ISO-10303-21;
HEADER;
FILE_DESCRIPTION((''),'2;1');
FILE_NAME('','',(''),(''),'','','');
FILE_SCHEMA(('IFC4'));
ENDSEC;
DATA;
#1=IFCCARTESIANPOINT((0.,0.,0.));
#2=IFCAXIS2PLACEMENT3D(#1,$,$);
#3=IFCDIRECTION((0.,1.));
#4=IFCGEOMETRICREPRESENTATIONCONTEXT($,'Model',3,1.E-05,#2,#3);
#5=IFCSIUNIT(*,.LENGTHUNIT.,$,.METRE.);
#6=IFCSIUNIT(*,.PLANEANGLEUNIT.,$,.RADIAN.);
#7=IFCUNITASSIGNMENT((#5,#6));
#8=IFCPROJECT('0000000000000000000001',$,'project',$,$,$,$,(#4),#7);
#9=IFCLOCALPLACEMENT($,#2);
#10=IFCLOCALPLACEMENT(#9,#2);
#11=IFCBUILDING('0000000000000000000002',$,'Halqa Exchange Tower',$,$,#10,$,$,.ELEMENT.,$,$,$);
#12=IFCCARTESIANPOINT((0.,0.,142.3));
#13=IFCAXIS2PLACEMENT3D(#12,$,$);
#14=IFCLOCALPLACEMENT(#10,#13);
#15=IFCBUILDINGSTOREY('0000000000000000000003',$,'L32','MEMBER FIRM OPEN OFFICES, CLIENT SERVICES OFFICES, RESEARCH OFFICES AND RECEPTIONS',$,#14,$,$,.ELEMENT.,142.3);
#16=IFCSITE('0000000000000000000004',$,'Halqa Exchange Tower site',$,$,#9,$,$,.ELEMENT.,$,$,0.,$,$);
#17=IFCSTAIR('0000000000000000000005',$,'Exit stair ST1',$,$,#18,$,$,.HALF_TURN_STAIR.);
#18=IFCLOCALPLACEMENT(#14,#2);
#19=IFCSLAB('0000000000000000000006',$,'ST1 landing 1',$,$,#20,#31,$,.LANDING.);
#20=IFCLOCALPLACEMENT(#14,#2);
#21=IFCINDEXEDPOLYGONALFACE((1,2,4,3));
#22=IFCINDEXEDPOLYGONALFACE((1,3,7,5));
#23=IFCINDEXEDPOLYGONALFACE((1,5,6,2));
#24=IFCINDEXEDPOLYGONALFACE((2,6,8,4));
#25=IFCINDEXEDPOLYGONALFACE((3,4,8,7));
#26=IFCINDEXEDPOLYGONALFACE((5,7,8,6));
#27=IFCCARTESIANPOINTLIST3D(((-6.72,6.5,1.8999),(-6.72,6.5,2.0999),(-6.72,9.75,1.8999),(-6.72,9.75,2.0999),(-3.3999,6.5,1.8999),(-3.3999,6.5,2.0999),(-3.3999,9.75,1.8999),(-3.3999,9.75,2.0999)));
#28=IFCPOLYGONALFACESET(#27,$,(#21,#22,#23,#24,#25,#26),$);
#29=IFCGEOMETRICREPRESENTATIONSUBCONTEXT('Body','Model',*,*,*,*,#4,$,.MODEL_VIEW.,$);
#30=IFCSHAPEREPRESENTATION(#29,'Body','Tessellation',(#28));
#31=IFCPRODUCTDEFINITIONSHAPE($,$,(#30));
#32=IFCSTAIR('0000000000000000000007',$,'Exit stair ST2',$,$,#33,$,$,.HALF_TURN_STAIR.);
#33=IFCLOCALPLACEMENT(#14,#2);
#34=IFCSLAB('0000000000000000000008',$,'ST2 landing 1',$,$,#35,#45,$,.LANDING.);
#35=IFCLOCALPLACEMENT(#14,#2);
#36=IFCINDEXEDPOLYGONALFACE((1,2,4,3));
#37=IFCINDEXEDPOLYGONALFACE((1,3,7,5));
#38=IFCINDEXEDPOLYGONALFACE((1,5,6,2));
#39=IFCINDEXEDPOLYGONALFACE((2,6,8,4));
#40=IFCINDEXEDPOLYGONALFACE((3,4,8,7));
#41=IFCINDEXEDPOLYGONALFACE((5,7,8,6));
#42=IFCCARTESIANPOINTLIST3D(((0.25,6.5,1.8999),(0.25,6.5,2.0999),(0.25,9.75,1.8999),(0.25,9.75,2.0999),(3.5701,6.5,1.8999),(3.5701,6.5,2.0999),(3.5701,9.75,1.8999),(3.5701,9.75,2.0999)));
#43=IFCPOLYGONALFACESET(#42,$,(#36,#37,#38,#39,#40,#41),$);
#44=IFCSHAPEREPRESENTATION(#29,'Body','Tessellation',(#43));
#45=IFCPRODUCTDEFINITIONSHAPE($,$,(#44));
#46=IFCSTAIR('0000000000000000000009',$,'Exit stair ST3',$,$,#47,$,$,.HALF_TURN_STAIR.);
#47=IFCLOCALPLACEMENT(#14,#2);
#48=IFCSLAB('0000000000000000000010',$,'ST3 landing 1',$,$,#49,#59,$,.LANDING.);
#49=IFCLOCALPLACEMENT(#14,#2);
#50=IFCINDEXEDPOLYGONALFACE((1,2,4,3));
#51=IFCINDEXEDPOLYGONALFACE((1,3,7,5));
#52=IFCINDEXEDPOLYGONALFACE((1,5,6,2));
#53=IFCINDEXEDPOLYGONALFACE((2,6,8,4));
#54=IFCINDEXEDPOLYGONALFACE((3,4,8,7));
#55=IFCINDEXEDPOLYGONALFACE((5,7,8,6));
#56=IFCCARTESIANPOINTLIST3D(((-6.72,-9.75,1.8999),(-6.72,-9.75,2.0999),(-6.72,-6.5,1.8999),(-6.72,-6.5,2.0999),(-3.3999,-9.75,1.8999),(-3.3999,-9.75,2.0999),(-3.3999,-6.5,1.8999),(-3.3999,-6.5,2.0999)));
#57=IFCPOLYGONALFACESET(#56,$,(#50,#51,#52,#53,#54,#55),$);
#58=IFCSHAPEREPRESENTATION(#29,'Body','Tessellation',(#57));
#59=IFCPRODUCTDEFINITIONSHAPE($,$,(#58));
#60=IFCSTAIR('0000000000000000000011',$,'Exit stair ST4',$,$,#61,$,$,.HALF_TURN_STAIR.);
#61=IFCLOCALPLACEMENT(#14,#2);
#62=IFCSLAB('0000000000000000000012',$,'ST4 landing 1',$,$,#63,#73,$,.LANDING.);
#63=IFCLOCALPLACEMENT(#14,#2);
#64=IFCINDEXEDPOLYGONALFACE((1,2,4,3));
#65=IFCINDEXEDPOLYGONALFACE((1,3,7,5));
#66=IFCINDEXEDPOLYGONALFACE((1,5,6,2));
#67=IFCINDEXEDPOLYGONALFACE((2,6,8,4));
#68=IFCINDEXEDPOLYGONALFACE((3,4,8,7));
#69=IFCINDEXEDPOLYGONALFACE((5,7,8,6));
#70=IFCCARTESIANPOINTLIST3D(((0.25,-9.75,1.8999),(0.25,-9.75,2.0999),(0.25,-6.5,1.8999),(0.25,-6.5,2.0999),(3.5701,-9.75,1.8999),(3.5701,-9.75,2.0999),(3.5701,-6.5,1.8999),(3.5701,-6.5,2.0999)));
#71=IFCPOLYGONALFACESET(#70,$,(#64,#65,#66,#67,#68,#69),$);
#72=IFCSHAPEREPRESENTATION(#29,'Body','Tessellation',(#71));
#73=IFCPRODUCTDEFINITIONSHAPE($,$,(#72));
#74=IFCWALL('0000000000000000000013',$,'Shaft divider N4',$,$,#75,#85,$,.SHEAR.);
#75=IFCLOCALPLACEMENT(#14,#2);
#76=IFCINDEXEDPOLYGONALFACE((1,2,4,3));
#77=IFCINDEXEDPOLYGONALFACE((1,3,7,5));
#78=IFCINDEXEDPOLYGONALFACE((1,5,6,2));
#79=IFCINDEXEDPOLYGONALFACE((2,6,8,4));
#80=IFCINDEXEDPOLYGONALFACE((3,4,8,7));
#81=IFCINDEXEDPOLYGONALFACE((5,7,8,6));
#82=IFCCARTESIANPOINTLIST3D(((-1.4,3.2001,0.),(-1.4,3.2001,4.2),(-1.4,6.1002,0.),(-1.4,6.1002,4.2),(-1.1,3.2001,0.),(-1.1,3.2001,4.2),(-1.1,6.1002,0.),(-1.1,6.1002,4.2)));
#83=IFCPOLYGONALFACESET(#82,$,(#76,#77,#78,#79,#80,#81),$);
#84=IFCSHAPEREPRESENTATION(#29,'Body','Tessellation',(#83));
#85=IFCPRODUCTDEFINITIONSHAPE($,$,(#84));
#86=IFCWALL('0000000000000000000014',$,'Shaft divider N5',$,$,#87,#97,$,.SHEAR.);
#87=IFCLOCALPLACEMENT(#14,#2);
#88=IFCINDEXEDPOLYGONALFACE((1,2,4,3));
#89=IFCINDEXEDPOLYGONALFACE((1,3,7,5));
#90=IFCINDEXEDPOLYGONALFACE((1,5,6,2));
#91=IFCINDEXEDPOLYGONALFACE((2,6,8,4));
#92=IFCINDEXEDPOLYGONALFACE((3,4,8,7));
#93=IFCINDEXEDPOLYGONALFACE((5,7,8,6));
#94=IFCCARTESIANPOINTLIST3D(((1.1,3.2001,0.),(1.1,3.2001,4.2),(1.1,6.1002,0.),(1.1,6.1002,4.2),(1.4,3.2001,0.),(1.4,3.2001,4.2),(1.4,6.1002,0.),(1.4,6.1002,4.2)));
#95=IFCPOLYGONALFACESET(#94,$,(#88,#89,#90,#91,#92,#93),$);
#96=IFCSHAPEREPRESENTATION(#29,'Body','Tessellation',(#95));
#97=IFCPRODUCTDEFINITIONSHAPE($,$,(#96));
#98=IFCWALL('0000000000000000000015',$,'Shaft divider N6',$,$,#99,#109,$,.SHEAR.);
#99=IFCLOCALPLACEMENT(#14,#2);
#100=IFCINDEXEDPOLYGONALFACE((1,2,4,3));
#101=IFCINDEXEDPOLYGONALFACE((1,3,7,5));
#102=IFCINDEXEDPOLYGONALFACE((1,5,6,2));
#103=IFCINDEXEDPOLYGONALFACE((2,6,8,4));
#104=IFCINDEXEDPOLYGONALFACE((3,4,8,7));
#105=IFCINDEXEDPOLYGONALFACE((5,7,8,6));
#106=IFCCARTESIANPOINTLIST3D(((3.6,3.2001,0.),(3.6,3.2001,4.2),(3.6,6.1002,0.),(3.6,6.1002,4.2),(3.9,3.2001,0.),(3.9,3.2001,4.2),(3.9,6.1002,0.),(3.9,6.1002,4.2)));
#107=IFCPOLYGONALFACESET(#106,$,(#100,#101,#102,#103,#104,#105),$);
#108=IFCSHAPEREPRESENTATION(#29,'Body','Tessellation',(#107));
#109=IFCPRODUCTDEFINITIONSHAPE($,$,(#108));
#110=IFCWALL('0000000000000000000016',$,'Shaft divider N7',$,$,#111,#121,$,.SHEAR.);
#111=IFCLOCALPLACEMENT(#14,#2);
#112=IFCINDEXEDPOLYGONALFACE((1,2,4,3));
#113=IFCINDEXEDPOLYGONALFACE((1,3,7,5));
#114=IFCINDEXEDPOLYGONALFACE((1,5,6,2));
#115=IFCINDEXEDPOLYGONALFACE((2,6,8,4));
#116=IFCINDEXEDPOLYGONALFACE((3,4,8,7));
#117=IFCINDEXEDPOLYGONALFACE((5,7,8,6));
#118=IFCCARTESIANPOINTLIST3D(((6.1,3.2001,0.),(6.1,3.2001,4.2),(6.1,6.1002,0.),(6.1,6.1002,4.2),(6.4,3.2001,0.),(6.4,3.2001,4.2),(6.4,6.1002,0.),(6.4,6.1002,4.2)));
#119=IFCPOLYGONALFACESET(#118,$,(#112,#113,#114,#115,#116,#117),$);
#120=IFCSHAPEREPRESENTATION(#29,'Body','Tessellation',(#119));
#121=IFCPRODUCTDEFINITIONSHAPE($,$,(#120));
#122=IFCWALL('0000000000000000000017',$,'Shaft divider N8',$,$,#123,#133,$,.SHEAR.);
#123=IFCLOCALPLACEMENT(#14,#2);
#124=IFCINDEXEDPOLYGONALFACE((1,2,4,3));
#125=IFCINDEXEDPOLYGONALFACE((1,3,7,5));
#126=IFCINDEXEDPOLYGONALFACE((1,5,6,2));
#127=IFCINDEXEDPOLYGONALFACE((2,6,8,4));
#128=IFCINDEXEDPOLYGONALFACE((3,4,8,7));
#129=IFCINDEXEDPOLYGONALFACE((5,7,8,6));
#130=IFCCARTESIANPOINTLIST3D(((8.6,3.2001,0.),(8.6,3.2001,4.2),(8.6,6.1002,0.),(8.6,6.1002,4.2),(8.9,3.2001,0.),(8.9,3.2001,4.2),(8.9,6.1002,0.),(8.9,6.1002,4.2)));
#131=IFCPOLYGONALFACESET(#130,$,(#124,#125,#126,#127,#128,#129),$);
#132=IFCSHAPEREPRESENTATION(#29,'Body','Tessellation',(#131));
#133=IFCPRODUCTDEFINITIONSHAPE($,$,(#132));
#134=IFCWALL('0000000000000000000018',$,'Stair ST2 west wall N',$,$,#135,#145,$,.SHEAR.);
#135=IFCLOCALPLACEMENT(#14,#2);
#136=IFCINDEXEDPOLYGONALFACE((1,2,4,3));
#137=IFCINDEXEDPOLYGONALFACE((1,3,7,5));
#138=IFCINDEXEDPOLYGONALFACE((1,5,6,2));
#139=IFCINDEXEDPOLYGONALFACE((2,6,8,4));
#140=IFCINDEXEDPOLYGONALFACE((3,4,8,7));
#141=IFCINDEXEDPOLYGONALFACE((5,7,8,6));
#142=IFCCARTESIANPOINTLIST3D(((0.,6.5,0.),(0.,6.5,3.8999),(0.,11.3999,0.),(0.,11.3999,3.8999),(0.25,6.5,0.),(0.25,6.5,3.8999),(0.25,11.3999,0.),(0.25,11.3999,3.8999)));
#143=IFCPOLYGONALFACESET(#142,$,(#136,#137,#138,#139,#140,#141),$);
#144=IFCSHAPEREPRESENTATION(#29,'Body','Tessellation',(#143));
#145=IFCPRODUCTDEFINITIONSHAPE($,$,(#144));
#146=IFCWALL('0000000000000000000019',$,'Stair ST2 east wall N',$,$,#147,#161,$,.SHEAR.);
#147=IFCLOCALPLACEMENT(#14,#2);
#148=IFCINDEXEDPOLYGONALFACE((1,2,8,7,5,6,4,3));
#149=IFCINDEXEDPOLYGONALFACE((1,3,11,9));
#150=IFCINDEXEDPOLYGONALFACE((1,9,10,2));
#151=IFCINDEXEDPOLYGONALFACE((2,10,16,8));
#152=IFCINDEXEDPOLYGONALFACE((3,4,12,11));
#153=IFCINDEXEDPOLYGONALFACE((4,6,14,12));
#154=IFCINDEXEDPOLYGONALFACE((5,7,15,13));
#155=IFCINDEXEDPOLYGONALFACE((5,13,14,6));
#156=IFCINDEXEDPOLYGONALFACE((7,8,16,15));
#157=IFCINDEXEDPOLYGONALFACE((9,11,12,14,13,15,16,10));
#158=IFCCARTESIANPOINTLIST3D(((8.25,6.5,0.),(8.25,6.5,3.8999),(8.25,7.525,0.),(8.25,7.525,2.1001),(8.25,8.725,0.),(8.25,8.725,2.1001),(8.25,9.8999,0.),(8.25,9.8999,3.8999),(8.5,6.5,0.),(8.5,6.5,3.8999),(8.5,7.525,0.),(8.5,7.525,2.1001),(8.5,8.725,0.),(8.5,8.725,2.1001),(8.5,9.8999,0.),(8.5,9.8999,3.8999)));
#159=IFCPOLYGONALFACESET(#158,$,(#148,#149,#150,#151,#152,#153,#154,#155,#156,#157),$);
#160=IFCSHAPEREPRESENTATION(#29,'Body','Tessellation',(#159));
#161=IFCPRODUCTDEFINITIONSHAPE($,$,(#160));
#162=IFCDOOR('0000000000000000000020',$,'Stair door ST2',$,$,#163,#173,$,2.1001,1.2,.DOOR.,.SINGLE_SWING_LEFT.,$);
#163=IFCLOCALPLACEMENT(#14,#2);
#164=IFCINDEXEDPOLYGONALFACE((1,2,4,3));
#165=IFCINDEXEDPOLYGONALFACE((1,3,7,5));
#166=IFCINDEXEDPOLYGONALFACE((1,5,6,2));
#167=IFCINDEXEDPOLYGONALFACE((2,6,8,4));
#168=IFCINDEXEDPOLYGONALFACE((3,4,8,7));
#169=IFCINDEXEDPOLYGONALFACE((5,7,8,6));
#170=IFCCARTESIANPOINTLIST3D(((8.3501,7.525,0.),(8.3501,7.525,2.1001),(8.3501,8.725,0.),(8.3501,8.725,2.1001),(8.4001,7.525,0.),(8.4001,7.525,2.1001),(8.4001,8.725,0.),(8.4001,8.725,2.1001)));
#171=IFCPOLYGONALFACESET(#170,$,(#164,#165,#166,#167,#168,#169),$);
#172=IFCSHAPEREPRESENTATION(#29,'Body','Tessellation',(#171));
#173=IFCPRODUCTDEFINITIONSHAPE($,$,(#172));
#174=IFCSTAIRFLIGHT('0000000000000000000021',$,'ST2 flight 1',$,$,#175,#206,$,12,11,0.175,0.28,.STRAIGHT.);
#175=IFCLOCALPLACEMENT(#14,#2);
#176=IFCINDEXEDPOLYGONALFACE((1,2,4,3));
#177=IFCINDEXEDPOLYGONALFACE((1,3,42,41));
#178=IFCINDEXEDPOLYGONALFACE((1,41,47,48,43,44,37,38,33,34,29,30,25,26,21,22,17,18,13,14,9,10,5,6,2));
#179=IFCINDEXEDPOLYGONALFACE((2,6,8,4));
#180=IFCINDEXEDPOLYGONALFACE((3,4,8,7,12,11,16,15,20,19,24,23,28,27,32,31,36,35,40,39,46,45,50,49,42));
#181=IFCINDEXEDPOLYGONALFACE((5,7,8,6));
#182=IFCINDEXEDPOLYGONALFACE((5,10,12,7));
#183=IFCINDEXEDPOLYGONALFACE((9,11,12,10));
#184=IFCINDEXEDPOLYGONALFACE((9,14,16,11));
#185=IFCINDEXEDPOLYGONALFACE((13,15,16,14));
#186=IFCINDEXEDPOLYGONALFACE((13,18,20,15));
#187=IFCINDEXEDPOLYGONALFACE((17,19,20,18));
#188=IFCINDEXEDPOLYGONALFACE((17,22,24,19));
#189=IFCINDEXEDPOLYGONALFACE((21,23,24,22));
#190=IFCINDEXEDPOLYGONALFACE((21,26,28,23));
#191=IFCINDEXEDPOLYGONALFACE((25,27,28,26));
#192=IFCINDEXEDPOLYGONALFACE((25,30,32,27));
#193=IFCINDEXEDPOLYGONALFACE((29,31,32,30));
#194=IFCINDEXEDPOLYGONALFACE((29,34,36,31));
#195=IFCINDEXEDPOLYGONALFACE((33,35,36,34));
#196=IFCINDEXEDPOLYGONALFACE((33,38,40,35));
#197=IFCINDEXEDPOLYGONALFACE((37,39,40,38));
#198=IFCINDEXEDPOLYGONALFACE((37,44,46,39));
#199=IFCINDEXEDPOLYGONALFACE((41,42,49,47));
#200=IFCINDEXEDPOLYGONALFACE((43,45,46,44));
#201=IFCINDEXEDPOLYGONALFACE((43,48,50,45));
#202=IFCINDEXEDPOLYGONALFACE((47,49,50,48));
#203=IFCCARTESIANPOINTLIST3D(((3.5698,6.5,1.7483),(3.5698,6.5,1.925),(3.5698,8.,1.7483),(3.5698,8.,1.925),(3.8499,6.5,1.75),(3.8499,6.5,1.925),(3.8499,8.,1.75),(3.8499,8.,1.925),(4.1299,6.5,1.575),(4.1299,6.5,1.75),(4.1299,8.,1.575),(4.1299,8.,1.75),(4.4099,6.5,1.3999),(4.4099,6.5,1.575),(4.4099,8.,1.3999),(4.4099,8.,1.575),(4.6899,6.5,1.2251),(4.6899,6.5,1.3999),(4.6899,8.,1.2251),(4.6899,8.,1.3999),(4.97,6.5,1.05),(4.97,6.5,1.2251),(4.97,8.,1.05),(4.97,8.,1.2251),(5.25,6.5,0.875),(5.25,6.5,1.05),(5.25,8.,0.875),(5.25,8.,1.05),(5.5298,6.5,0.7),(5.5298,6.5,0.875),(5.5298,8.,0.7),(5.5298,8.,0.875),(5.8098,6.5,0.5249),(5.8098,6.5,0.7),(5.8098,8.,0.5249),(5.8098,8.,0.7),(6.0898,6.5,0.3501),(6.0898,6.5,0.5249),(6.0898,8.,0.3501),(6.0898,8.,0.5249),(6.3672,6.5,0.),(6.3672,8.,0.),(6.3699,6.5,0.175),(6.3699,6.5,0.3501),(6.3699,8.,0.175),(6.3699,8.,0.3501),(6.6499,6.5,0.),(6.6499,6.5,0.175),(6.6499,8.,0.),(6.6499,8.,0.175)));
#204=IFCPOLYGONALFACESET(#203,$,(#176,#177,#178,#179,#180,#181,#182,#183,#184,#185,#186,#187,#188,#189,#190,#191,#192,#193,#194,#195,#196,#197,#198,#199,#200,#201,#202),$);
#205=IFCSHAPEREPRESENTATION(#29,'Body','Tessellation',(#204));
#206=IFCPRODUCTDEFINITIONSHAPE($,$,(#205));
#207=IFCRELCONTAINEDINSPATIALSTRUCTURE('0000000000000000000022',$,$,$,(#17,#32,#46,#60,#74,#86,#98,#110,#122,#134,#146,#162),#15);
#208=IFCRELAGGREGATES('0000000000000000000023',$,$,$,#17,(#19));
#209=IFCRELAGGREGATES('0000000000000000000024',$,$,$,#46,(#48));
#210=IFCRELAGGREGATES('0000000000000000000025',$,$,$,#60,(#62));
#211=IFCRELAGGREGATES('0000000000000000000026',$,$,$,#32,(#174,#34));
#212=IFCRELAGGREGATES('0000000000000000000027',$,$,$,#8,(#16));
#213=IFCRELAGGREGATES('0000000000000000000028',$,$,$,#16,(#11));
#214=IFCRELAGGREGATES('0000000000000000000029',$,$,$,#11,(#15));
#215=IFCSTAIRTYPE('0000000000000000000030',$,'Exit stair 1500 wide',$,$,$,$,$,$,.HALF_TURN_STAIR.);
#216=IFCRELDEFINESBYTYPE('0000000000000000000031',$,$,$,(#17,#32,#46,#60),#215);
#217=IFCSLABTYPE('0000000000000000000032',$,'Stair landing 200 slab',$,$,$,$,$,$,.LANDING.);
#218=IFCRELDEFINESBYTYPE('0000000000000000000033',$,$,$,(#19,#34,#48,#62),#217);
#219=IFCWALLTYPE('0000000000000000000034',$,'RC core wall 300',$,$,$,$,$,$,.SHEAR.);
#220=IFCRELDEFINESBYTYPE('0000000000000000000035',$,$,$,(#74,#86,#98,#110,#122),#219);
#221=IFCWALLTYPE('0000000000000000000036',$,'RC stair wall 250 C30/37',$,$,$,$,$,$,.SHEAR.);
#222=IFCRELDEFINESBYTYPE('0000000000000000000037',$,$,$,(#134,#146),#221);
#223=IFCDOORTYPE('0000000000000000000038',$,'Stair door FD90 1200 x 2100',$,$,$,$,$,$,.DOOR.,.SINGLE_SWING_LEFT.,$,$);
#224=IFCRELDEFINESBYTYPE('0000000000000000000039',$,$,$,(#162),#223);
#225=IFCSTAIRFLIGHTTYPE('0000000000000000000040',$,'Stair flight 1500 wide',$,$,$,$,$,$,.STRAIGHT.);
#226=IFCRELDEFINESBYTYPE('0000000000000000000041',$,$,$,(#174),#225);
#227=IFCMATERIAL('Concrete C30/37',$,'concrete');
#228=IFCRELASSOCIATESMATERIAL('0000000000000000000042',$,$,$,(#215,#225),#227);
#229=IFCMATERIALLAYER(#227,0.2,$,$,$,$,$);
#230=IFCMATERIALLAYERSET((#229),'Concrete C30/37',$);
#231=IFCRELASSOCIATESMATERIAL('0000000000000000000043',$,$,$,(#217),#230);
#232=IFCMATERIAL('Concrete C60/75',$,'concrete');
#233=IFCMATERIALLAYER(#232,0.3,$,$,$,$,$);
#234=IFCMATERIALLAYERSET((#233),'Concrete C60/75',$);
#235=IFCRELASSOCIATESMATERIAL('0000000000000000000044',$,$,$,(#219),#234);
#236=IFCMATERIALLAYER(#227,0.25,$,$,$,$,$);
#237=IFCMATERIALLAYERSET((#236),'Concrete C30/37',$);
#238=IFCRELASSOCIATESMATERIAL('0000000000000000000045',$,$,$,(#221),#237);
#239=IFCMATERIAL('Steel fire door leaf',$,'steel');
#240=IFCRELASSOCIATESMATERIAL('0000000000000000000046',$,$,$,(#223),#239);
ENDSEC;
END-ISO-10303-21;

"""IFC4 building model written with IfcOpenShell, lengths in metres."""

from ifc_helpers import new_model, si_unit, direction, frame, frame_2d, origin, place, context, subcontext, project, spatial, polyline, rectangle, outline, extrude, material, layer, layer_set, type_object, element, fill, aggregate, save


model = new_model("IFC4")

# Units and contexts
model_context = context("Model", 3, precision=1e-05, world=origin(), true_north=direction((0.0, 1.0)))
body_context = subcontext(model_context, "Body", "Model", "MODEL_VIEW")
ifc_project = project(units=[si_unit("LENGTHUNIT", "METRE"), si_unit("PLANEANGLEUNIT", "RADIAN")], contexts=[model_context])

# Site, building, storey
site_placement = place(None, origin())
site = spatial("IfcSite", under=ifc_project, at=site_placement, Name="Halqa Exchange Tower site", CompositionType="ELEMENT", RefElevation=0.0)
building_placement = place(site_placement, origin())
building = spatial("IfcBuilding", under=site, at=building_placement, Name="Halqa Exchange Tower", CompositionType="ELEMENT")
storey_placement = place(building_placement, frame((0.0, 0.0, 142.3)))
storey = spatial("IfcBuildingStorey", under=building, at=storey_placement, Name="L32", Description="MEMBER FIRM OPEN OFFICES, CLIENT SERVICES OFFICES, RESEARCH OFFICES AND RECEPTIONS", CompositionType="ELEMENT", Elevation=142.3)

# Stairs, slabs
ifc_material_1 = material(Name="Concrete C30/37", Category="concrete")
stair_type = type_object("IfcStairType", Name="Exit stair 1500 wide", PredefinedType="HALF_TURN_STAIR", material=ifc_material_1)
stair_1_placement = place(storey_placement, origin())
stair_1 = element("IfcStair", 1, at=stair_1_placement, inside=storey, type_object=stair_type, Name="Exit stair ST1", PredefinedType="HALF_TURN_STAIR")
ifc_layer_1 = layer(ifc_material_1, 0.2)
ifc_layer_set_1 = layer_set([ifc_layer_1], Name="Concrete C30/37")
slab_type = type_object("IfcSlabType", Name="Stair landing 200 slab", PredefinedType="LANDING", material=ifc_layer_set_1)
slab_1_placement = place(storey_placement, frame((0.0, 0.0, 1.8999)))
slab_1 = element("IfcSlab", 2, at=slab_1_placement, type_object=slab_type, Name="ST1 landing 1", PredefinedType="LANDING", context=body_context, shape_type="SweptSolid", body=[
    extrude(outline(polyline([(-6.72, 6.5), (-3.3999, 6.5), (-3.3999, 9.75), (-6.72, 9.75), (-6.72, 6.5)])), origin(), (0.0, 0.0, 1.0), 0.2),
])
aggregate(stair_1, [slab_1])
stair_2_placement = place(storey_placement, origin())
stair_2 = element("IfcStair", 3, at=stair_2_placement, inside=storey, type_object=stair_type, Name="Exit stair ST2", PredefinedType="HALF_TURN_STAIR")
slab_2_placement = place(storey_placement, frame((0.0, 0.0, 1.8999)))
slab_2 = element("IfcSlab", 4, at=slab_2_placement, type_object=slab_type, Name="ST2 landing 1", PredefinedType="LANDING", context=body_context, shape_type="SweptSolid", body=[
    extrude(outline(polyline([(0.25, 6.5), (3.5701, 6.5), (3.5701, 9.75), (0.25, 9.75), (0.25, 6.5)])), origin(), (0.0, 0.0, 1.0), 0.2),
])
stair_3_placement = place(storey_placement, origin())
stair_3 = element("IfcStair", 5, at=stair_3_placement, inside=storey, type_object=stair_type, Name="Exit stair ST3", PredefinedType="HALF_TURN_STAIR")
slab_3_placement = place(storey_placement, frame((0.0, 0.0, 1.8999)))
slab_3 = element("IfcSlab", 6, at=slab_3_placement, type_object=slab_type, Name="ST3 landing 1", PredefinedType="LANDING", context=body_context, shape_type="SweptSolid", body=[
    extrude(outline(polyline([(-6.72, -9.75), (-3.3999, -9.75), (-3.3999, -6.5), (-6.72, -6.5), (-6.72, -9.75)])), origin(), (0.0, 0.0, 1.0), 0.2),
])
aggregate(stair_3, [slab_3])
stair_4_placement = place(storey_placement, origin())
stair_4 = element("IfcStair", 7, at=stair_4_placement, inside=storey, type_object=stair_type, Name="Exit stair ST4", PredefinedType="HALF_TURN_STAIR")
slab_4_placement = place(storey_placement, frame((0.0, 0.0, 1.8999)))
slab_4 = element("IfcSlab", 8, at=slab_4_placement, type_object=slab_type, Name="ST4 landing 1", PredefinedType="LANDING", context=body_context, shape_type="SweptSolid", body=[
    extrude(outline(polyline([(0.25, -9.75), (3.5701, -9.75), (3.5701, -6.5), (0.25, -6.5), (0.25, -9.75)])), origin(), (0.0, 0.0, 1.0), 0.2),
])
aggregate(stair_4, [slab_4])

# Walls
ifc_material_2 = material(Name="Concrete C60/75", Category="concrete")
ifc_layer_2 = layer(ifc_material_2, 0.3)
ifc_layer_set_2 = layer_set([ifc_layer_2], Name="Concrete C60/75")
wall_type_1 = type_object("IfcWallType", Name="RC core wall 300", PredefinedType="SHEAR", material=ifc_layer_set_2)
for number, where, z_axis, x_axis, name in (
    (9, (-1.25, 3.2, 0.0), (0.0, 0.0, 1.0), (0.0, 1.0, 0.0), "Shaft divider N4"),
    (10, (1.25, 3.2, 0.0), (0.0, 0.0, 1.0), (0.0, 1.0, 0.0), "Shaft divider N5"),
    (11, (3.75, 3.2, 0.0), (0.0, 0.0, 1.0), (0.0, 1.0, 0.0), "Shaft divider N6"),
    (12, (6.25, 3.2, 0.0), (0.0, 0.0, 1.0), (0.0, 1.0, 0.0), "Shaft divider N7"),
    (13, (8.75, 3.2, 0.0), (0.0, 0.0, 1.0), (0.0, 1.0, 0.0), "Shaft divider N8"),
):
    element("IfcWall", number, at=place(storey_placement, frame(where, z_axis=z_axis, x_axis=x_axis)), inside=storey, type_object=wall_type_1, Name=name, PredefinedType="SHEAR", context=body_context, shape_type="SweptSolid", body=[
        extrude(rectangle(XDim=2.9001, YDim=0.3, at=frame_2d((1.4502, 0.0))), origin(), (0.0, 0.0, 1.0), 4.2),
    ])
ifc_layer_3 = layer(ifc_material_1, 0.25)
ifc_layer_set_3 = layer_set([ifc_layer_3], Name="Concrete C30/37")
wall_type_2 = type_object("IfcWallType", Name="RC stair wall 250 C30/37", PredefinedType="SHEAR", material=ifc_layer_set_3)
wall_1_placement = place(storey_placement, frame((0.125, 6.5, 0.0), z_axis=(0.0, 0.0, 1.0), x_axis=(0.0, 1.0, 0.0)))
element("IfcWall", 14, at=wall_1_placement, inside=storey, type_object=wall_type_2, Name="Stair ST2 west wall N", PredefinedType="SHEAR", context=body_context, shape_type="SweptSolid", body=[
    extrude(rectangle(XDim=4.8999, YDim=0.25, at=frame_2d((2.45, 0.0))), origin(), (0.0, 0.0, 1.0), 3.8999),
])

# Wall, opening, door
wall_2_placement = place(storey_placement, frame((8.375, 6.5, 0.0), z_axis=(0.0, 0.0, 1.0), x_axis=(0.0, 1.0, 0.0)))
wall_2 = element("IfcWall", 15, at=wall_2_placement, inside=storey, type_object=wall_type_2, Name="Stair ST2 east wall N", PredefinedType="SHEAR", context=body_context, shape_type="SweptSolid", body=[
    extrude(rectangle(XDim=3.3999, YDim=0.25, at=frame_2d((1.7, 0.0))), origin(), (0.0, 0.0, 1.0), 3.8999),
])
opening_placement = place(wall_2_placement, frame((1.0249, 0.0, 0.0)))
opening = element("IfcOpeningElement", 16, at=opening_placement, cuts=wall_2, PredefinedType="OPENING", context=body_context, shape_type="SweptSolid", body=[
    extrude(rectangle(XDim=1.2, YDim=2.1001, at=frame_2d((0.6001, 1.05))), frame((0.0, 0.137, 0.0), z_axis=(0.0, -1.0, 0.0), x_axis=(1.0, 0.0, 0.0)), (0.0, 0.0, 1.0), 0.2739),
])
ifc_material_3 = material(Name="Steel fire door leaf", Category="steel")
door_type = type_object("IfcDoorType", Name="Stair door FD90 1200 x 2100", OperationType="SINGLE_SWING_LEFT", PredefinedType="DOOR", material=ifc_material_3)
door_placement = place(opening_placement, origin())
door = element("IfcDoor", 17, at=door_placement, inside=storey, type_object=door_type, Name="Stair door ST2", OperationType="SINGLE_SWING_LEFT", OverallHeight=2.1001, OverallWidth=1.2, PredefinedType="DOOR", context=body_context, shape_type="SweptSolid", body=[
    extrude(rectangle(XDim=1.2, YDim=2.1001, at=frame_2d((0.6001, 1.05))), frame((0.0, 0.0249, 0.0), z_axis=(0.0, -1.0, 0.0), x_axis=(1.0, 0.0, 0.0)), (0.0, 0.0, 1.0), 0.05),
])
fill(opening, door)

# Stair flight
stair_flight_type = type_object("IfcStairFlightType", Name="Stair flight 1500 wide", PredefinedType="STRAIGHT", material=ifc_material_1)
stair_flight_1_placement = place(storey_placement, frame((6.6499, 7.25, 0.0), z_axis=(0.0, 0.0, 1.0), x_axis=(-1.0, 0.0, 0.0)))
stair_flight_1 = element("IfcStairFlight", 18, at=stair_flight_1_placement, type_object=stair_flight_type, Name="ST2 flight 1", NumberOfRisers=12, NumberOfTreads=11, PredefinedType="STRAIGHT", RiserHeight=0.175, TreadLength=0.28, context=body_context, shape_type="SweptSolid", body=[
    extrude(outline(polyline([(0.0, 0.0), (0.0, 0.175), (0.28, 0.175), (0.28, 0.3501), (0.5601, 0.3501), (0.5601, 0.5249), (0.8401, 0.5249), (0.8401, 0.7), (1.1201, 0.7), (1.1201, 0.875), (1.3999, 0.875), (1.3999, 1.05), (1.6799, 1.05), (1.6799, 1.2251), (1.96, 1.2251), (1.96, 1.3999), (2.24, 1.3999), (2.24, 1.575), (2.52, 1.575), (2.52, 1.75), (2.8, 1.75), (2.8, 1.925), (3.0801, 1.925), (3.0801, 2.1001), (3.0801, 1.7483), (0.2827, 0.0), (0.0, 0.0)])), frame((0.0, 0.75, 0.0), z_axis=(0.0, -1.0, 0.0), x_axis=(1.0, 0.0, 0.0)), (0.0, 0.0, 1.0), 1.5),
])
aggregate(stair_2, [stair_flight_1, slab_2])

save(model, "model.ifc")
